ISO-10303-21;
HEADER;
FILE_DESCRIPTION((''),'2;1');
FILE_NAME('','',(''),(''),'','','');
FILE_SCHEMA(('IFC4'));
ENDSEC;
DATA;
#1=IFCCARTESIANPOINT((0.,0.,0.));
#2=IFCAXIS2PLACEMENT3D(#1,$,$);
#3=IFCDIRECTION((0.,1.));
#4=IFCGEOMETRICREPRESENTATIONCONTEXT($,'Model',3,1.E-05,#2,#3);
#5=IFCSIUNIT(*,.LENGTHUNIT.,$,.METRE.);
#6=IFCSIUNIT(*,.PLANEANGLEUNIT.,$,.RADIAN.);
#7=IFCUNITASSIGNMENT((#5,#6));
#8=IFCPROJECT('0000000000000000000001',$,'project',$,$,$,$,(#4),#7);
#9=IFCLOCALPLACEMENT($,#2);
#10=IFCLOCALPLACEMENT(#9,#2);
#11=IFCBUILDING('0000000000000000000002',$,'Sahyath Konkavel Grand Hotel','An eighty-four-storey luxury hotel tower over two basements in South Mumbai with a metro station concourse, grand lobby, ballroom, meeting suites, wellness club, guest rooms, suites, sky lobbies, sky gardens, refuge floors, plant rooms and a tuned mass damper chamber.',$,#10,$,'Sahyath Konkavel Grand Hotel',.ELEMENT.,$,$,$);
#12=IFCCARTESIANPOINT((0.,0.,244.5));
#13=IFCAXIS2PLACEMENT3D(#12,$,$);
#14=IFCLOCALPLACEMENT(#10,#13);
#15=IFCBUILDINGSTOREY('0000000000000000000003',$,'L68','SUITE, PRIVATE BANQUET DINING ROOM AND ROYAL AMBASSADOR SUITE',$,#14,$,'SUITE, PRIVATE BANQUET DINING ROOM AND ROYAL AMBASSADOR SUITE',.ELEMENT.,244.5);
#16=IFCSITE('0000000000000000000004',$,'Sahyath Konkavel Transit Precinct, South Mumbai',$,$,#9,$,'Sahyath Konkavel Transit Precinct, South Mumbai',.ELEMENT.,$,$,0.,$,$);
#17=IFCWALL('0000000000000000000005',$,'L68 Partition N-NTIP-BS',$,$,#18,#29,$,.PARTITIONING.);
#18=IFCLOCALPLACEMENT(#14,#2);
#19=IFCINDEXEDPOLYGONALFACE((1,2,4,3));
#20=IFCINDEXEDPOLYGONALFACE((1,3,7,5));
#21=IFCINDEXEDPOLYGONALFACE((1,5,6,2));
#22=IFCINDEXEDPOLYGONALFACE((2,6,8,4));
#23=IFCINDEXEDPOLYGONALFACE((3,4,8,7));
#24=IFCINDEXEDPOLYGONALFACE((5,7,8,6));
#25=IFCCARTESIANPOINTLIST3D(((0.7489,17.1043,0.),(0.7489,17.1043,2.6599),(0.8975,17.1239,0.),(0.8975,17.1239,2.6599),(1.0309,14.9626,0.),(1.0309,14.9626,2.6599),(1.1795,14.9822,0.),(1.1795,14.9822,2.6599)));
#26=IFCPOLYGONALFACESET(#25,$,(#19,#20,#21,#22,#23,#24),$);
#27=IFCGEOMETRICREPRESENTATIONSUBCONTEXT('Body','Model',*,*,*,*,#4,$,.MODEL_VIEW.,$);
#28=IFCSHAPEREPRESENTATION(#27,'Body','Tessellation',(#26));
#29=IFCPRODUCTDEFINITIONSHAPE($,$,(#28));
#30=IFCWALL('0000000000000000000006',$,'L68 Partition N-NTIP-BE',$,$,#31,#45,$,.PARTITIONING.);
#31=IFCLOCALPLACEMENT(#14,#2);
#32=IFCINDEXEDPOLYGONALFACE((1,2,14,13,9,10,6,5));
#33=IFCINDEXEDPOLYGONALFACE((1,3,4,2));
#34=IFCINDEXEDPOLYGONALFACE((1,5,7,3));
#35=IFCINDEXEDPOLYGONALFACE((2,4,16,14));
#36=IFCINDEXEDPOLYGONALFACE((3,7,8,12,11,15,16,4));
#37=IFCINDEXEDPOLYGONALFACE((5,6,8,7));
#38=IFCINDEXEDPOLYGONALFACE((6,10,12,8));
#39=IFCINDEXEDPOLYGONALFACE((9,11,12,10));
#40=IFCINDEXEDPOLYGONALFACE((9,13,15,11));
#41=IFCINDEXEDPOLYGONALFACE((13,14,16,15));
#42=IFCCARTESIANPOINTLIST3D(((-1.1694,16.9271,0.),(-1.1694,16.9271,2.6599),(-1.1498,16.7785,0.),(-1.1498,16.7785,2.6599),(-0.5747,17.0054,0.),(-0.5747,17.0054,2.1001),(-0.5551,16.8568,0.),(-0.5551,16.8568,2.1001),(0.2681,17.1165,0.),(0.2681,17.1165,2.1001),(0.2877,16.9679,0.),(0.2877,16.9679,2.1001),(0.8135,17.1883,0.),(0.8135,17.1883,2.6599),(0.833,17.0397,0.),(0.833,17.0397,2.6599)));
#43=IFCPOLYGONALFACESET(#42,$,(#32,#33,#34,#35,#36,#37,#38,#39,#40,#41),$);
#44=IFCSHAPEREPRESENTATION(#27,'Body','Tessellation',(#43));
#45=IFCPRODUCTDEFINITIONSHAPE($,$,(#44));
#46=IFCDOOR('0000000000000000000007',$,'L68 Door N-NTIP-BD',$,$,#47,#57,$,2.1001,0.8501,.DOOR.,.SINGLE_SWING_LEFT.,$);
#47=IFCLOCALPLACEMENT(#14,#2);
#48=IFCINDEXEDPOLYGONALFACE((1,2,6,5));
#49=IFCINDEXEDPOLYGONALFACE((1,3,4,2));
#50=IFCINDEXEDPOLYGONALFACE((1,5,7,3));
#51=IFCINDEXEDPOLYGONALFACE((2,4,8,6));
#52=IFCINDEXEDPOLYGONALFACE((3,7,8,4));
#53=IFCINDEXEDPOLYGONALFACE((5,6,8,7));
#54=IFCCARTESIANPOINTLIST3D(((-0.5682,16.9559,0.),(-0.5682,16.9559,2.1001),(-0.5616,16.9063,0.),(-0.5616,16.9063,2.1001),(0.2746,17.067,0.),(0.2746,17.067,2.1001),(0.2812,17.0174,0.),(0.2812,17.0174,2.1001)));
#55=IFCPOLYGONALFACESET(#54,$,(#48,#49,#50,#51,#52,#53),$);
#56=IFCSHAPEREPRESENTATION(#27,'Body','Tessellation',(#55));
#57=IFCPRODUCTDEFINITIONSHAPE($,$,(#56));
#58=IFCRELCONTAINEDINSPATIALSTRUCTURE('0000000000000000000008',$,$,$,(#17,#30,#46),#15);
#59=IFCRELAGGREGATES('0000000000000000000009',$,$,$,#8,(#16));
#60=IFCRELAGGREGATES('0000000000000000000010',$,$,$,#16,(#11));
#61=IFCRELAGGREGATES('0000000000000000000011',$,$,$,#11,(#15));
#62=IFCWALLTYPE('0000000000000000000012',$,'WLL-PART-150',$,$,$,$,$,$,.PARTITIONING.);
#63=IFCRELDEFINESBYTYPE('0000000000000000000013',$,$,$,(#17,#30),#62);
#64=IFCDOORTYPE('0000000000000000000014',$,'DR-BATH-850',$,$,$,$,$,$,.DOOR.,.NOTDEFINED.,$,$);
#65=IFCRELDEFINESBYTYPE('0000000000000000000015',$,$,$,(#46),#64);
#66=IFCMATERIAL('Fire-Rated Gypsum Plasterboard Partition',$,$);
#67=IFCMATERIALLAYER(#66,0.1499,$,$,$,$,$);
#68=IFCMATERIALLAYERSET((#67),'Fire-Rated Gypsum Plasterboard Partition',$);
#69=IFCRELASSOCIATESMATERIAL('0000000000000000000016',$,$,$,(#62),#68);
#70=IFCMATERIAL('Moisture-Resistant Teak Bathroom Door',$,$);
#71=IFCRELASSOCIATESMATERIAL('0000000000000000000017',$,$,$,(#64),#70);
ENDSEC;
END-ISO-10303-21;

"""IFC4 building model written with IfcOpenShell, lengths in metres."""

from ifc_helpers import new_model, si_unit, direction, frame, frame_2d, origin, origin_2d, place, context, subcontext, project, spatial, rectangle, extrude, source, transform, mapped, material, layer, layer_set, type_object, element, fill, save


model = new_model("IFC4")

# Units and contexts
model_context = context("Model", 3, precision=1e-05, world=origin(), true_north=direction((0.0, 1.0)))
body_context = subcontext(model_context, "Body", "Model", "MODEL_VIEW")
ifc_project = project(units=[si_unit("LENGTHUNIT", "METRE"), si_unit("PLANEANGLEUNIT", "RADIAN")], contexts=[model_context])

# Site, building, storey
site_placement = place(None, origin())
site = spatial("IfcSite", under=ifc_project, at=site_placement, Name="Sahyath Konkavel Transit Precinct, South Mumbai", LongName="Sahyath Konkavel Transit Precinct, South Mumbai", CompositionType="ELEMENT", RefElevation=0.0)
building_placement = place(site_placement, origin())
building = spatial("IfcBuilding", under=site, at=building_placement, Name="Sahyath Konkavel Grand Hotel", Description="An eighty-four-storey luxury hotel tower over two basements in South Mumbai with a metro station concourse, grand lobby, ballroom, meeting suites, wellness club, guest rooms, suites, sky lobbies, sky gardens, refuge floors, plant rooms and a tuned mass damper chamber.", LongName="Sahyath Konkavel Grand Hotel", CompositionType="ELEMENT")
storey_placement = place(building_placement, frame((0.0, 0.0, 244.5)))
storey = spatial("IfcBuildingStorey", under=building, at=storey_placement, Name="L68", Description="SUITE, PRIVATE BANQUET DINING ROOM AND ROYAL AMBASSADOR SUITE", LongName="SUITE, PRIVATE BANQUET DINING ROOM AND ROYAL AMBASSADOR SUITE", CompositionType="ELEMENT", Elevation=244.5)

# Shared definitions
shared_shape_1 = source(origin(), body_context, "Body", "SweptSolid", [
    extrude(rectangle(XDim=0.8501, YDim=0.05, at=origin_2d()), origin(), (0.0, 0.0, 1.0), 2.1001),
])

# Wall
ifc_material_1 = material(Name="Fire-Rated Gypsum Plasterboard Partition")
ifc_layer_1 = layer(ifc_material_1, 0.1499)
ifc_layer_set_1 = layer_set([ifc_layer_1], Name="Fire-Rated Gypsum Plasterboard Partition")
wall_type_1 = type_object("IfcWallType", Name="WLL-PART-150", PredefinedType="PARTITIONING", material=ifc_layer_set_1)
wall_1_placement = place(storey_placement, frame((1.1052, 14.9724, 0.0), z_axis=(0.0, 0.0, 1.0), x_axis=(-0.130542, 0.991443, 0.0)))
element("IfcWall", 1, at=wall_1_placement, inside=storey, type_object=wall_type_1, Name="L68 Partition N-NTIP-BS", PredefinedType="PARTITIONING", context=body_context, shape_type="SweptSolid", body=[
    extrude(rectangle(XDim=2.1602, YDim=0.1499, at=frame_2d((1.0801, 0.0))), origin(), (0.0, 0.0, 1.0), 2.6599),
])

# Wall, opening, door
wall_2_placement = place(storey_placement, frame((0.8232, 17.114, 0.0), z_axis=(0.0, 0.0, 1.0), x_axis=(-0.991434, -0.130612, 0.0)))
wall_2 = element("IfcWall", 2, at=wall_2_placement, inside=storey, type_object=wall_type_1, Name="L68 Partition N-NTIP-BE", PredefinedType="PARTITIONING", context=body_context, shape_type="SweptSolid", body=[
    extrude(rectangle(XDim=2.0, YDim=0.1499, at=frame_2d((1.0, 0.0))), origin(), (0.0, 0.0, 1.0), 2.6599),
])
opening_1_placement = place(wall_2_placement, frame((0.55, 0.0, 0.0)))
opening_1 = element("IfcOpeningElement", 3, at=opening_1_placement, cuts=wall_2, PredefinedType="OPENING", context=body_context, shape_type="SweptSolid", body=[
    extrude(rectangle(XDim=0.8501, YDim=2.1001, at=frame_2d((0.425, 1.05))), frame((0.0, 0.085, 0.0), z_axis=(0.0, -1.0, 0.0), x_axis=(1.0, 0.0, 0.0)), (0.0, 0.0, 1.0), 0.1699),
])
ifc_material_2 = material(Name="Moisture-Resistant Teak Bathroom Door")
door_type_1 = type_object("IfcDoorType", Name="DR-BATH-850", OperationType="NOTDEFINED", PredefinedType="DOOR", material=ifc_material_2)
door_1_placement = place(opening_1_placement, frame((0.425, 0.0, 0.0)))
door_1 = element("IfcDoor", 4, at=door_1_placement, inside=storey, type_object=door_type_1, Name="L68 Door N-NTIP-BD", OperationType="SINGLE_SWING_LEFT", OverallHeight=2.1001, OverallWidth=0.8501, PredefinedType="DOOR", context=body_context, shape_type="MappedRepresentation", body=[
    mapped(shared_shape_1, transform((0.0, 0.0, 0.0), scale=1.0)),
])
fill(opening_1, door_1)

save(model, "model.ifc")
